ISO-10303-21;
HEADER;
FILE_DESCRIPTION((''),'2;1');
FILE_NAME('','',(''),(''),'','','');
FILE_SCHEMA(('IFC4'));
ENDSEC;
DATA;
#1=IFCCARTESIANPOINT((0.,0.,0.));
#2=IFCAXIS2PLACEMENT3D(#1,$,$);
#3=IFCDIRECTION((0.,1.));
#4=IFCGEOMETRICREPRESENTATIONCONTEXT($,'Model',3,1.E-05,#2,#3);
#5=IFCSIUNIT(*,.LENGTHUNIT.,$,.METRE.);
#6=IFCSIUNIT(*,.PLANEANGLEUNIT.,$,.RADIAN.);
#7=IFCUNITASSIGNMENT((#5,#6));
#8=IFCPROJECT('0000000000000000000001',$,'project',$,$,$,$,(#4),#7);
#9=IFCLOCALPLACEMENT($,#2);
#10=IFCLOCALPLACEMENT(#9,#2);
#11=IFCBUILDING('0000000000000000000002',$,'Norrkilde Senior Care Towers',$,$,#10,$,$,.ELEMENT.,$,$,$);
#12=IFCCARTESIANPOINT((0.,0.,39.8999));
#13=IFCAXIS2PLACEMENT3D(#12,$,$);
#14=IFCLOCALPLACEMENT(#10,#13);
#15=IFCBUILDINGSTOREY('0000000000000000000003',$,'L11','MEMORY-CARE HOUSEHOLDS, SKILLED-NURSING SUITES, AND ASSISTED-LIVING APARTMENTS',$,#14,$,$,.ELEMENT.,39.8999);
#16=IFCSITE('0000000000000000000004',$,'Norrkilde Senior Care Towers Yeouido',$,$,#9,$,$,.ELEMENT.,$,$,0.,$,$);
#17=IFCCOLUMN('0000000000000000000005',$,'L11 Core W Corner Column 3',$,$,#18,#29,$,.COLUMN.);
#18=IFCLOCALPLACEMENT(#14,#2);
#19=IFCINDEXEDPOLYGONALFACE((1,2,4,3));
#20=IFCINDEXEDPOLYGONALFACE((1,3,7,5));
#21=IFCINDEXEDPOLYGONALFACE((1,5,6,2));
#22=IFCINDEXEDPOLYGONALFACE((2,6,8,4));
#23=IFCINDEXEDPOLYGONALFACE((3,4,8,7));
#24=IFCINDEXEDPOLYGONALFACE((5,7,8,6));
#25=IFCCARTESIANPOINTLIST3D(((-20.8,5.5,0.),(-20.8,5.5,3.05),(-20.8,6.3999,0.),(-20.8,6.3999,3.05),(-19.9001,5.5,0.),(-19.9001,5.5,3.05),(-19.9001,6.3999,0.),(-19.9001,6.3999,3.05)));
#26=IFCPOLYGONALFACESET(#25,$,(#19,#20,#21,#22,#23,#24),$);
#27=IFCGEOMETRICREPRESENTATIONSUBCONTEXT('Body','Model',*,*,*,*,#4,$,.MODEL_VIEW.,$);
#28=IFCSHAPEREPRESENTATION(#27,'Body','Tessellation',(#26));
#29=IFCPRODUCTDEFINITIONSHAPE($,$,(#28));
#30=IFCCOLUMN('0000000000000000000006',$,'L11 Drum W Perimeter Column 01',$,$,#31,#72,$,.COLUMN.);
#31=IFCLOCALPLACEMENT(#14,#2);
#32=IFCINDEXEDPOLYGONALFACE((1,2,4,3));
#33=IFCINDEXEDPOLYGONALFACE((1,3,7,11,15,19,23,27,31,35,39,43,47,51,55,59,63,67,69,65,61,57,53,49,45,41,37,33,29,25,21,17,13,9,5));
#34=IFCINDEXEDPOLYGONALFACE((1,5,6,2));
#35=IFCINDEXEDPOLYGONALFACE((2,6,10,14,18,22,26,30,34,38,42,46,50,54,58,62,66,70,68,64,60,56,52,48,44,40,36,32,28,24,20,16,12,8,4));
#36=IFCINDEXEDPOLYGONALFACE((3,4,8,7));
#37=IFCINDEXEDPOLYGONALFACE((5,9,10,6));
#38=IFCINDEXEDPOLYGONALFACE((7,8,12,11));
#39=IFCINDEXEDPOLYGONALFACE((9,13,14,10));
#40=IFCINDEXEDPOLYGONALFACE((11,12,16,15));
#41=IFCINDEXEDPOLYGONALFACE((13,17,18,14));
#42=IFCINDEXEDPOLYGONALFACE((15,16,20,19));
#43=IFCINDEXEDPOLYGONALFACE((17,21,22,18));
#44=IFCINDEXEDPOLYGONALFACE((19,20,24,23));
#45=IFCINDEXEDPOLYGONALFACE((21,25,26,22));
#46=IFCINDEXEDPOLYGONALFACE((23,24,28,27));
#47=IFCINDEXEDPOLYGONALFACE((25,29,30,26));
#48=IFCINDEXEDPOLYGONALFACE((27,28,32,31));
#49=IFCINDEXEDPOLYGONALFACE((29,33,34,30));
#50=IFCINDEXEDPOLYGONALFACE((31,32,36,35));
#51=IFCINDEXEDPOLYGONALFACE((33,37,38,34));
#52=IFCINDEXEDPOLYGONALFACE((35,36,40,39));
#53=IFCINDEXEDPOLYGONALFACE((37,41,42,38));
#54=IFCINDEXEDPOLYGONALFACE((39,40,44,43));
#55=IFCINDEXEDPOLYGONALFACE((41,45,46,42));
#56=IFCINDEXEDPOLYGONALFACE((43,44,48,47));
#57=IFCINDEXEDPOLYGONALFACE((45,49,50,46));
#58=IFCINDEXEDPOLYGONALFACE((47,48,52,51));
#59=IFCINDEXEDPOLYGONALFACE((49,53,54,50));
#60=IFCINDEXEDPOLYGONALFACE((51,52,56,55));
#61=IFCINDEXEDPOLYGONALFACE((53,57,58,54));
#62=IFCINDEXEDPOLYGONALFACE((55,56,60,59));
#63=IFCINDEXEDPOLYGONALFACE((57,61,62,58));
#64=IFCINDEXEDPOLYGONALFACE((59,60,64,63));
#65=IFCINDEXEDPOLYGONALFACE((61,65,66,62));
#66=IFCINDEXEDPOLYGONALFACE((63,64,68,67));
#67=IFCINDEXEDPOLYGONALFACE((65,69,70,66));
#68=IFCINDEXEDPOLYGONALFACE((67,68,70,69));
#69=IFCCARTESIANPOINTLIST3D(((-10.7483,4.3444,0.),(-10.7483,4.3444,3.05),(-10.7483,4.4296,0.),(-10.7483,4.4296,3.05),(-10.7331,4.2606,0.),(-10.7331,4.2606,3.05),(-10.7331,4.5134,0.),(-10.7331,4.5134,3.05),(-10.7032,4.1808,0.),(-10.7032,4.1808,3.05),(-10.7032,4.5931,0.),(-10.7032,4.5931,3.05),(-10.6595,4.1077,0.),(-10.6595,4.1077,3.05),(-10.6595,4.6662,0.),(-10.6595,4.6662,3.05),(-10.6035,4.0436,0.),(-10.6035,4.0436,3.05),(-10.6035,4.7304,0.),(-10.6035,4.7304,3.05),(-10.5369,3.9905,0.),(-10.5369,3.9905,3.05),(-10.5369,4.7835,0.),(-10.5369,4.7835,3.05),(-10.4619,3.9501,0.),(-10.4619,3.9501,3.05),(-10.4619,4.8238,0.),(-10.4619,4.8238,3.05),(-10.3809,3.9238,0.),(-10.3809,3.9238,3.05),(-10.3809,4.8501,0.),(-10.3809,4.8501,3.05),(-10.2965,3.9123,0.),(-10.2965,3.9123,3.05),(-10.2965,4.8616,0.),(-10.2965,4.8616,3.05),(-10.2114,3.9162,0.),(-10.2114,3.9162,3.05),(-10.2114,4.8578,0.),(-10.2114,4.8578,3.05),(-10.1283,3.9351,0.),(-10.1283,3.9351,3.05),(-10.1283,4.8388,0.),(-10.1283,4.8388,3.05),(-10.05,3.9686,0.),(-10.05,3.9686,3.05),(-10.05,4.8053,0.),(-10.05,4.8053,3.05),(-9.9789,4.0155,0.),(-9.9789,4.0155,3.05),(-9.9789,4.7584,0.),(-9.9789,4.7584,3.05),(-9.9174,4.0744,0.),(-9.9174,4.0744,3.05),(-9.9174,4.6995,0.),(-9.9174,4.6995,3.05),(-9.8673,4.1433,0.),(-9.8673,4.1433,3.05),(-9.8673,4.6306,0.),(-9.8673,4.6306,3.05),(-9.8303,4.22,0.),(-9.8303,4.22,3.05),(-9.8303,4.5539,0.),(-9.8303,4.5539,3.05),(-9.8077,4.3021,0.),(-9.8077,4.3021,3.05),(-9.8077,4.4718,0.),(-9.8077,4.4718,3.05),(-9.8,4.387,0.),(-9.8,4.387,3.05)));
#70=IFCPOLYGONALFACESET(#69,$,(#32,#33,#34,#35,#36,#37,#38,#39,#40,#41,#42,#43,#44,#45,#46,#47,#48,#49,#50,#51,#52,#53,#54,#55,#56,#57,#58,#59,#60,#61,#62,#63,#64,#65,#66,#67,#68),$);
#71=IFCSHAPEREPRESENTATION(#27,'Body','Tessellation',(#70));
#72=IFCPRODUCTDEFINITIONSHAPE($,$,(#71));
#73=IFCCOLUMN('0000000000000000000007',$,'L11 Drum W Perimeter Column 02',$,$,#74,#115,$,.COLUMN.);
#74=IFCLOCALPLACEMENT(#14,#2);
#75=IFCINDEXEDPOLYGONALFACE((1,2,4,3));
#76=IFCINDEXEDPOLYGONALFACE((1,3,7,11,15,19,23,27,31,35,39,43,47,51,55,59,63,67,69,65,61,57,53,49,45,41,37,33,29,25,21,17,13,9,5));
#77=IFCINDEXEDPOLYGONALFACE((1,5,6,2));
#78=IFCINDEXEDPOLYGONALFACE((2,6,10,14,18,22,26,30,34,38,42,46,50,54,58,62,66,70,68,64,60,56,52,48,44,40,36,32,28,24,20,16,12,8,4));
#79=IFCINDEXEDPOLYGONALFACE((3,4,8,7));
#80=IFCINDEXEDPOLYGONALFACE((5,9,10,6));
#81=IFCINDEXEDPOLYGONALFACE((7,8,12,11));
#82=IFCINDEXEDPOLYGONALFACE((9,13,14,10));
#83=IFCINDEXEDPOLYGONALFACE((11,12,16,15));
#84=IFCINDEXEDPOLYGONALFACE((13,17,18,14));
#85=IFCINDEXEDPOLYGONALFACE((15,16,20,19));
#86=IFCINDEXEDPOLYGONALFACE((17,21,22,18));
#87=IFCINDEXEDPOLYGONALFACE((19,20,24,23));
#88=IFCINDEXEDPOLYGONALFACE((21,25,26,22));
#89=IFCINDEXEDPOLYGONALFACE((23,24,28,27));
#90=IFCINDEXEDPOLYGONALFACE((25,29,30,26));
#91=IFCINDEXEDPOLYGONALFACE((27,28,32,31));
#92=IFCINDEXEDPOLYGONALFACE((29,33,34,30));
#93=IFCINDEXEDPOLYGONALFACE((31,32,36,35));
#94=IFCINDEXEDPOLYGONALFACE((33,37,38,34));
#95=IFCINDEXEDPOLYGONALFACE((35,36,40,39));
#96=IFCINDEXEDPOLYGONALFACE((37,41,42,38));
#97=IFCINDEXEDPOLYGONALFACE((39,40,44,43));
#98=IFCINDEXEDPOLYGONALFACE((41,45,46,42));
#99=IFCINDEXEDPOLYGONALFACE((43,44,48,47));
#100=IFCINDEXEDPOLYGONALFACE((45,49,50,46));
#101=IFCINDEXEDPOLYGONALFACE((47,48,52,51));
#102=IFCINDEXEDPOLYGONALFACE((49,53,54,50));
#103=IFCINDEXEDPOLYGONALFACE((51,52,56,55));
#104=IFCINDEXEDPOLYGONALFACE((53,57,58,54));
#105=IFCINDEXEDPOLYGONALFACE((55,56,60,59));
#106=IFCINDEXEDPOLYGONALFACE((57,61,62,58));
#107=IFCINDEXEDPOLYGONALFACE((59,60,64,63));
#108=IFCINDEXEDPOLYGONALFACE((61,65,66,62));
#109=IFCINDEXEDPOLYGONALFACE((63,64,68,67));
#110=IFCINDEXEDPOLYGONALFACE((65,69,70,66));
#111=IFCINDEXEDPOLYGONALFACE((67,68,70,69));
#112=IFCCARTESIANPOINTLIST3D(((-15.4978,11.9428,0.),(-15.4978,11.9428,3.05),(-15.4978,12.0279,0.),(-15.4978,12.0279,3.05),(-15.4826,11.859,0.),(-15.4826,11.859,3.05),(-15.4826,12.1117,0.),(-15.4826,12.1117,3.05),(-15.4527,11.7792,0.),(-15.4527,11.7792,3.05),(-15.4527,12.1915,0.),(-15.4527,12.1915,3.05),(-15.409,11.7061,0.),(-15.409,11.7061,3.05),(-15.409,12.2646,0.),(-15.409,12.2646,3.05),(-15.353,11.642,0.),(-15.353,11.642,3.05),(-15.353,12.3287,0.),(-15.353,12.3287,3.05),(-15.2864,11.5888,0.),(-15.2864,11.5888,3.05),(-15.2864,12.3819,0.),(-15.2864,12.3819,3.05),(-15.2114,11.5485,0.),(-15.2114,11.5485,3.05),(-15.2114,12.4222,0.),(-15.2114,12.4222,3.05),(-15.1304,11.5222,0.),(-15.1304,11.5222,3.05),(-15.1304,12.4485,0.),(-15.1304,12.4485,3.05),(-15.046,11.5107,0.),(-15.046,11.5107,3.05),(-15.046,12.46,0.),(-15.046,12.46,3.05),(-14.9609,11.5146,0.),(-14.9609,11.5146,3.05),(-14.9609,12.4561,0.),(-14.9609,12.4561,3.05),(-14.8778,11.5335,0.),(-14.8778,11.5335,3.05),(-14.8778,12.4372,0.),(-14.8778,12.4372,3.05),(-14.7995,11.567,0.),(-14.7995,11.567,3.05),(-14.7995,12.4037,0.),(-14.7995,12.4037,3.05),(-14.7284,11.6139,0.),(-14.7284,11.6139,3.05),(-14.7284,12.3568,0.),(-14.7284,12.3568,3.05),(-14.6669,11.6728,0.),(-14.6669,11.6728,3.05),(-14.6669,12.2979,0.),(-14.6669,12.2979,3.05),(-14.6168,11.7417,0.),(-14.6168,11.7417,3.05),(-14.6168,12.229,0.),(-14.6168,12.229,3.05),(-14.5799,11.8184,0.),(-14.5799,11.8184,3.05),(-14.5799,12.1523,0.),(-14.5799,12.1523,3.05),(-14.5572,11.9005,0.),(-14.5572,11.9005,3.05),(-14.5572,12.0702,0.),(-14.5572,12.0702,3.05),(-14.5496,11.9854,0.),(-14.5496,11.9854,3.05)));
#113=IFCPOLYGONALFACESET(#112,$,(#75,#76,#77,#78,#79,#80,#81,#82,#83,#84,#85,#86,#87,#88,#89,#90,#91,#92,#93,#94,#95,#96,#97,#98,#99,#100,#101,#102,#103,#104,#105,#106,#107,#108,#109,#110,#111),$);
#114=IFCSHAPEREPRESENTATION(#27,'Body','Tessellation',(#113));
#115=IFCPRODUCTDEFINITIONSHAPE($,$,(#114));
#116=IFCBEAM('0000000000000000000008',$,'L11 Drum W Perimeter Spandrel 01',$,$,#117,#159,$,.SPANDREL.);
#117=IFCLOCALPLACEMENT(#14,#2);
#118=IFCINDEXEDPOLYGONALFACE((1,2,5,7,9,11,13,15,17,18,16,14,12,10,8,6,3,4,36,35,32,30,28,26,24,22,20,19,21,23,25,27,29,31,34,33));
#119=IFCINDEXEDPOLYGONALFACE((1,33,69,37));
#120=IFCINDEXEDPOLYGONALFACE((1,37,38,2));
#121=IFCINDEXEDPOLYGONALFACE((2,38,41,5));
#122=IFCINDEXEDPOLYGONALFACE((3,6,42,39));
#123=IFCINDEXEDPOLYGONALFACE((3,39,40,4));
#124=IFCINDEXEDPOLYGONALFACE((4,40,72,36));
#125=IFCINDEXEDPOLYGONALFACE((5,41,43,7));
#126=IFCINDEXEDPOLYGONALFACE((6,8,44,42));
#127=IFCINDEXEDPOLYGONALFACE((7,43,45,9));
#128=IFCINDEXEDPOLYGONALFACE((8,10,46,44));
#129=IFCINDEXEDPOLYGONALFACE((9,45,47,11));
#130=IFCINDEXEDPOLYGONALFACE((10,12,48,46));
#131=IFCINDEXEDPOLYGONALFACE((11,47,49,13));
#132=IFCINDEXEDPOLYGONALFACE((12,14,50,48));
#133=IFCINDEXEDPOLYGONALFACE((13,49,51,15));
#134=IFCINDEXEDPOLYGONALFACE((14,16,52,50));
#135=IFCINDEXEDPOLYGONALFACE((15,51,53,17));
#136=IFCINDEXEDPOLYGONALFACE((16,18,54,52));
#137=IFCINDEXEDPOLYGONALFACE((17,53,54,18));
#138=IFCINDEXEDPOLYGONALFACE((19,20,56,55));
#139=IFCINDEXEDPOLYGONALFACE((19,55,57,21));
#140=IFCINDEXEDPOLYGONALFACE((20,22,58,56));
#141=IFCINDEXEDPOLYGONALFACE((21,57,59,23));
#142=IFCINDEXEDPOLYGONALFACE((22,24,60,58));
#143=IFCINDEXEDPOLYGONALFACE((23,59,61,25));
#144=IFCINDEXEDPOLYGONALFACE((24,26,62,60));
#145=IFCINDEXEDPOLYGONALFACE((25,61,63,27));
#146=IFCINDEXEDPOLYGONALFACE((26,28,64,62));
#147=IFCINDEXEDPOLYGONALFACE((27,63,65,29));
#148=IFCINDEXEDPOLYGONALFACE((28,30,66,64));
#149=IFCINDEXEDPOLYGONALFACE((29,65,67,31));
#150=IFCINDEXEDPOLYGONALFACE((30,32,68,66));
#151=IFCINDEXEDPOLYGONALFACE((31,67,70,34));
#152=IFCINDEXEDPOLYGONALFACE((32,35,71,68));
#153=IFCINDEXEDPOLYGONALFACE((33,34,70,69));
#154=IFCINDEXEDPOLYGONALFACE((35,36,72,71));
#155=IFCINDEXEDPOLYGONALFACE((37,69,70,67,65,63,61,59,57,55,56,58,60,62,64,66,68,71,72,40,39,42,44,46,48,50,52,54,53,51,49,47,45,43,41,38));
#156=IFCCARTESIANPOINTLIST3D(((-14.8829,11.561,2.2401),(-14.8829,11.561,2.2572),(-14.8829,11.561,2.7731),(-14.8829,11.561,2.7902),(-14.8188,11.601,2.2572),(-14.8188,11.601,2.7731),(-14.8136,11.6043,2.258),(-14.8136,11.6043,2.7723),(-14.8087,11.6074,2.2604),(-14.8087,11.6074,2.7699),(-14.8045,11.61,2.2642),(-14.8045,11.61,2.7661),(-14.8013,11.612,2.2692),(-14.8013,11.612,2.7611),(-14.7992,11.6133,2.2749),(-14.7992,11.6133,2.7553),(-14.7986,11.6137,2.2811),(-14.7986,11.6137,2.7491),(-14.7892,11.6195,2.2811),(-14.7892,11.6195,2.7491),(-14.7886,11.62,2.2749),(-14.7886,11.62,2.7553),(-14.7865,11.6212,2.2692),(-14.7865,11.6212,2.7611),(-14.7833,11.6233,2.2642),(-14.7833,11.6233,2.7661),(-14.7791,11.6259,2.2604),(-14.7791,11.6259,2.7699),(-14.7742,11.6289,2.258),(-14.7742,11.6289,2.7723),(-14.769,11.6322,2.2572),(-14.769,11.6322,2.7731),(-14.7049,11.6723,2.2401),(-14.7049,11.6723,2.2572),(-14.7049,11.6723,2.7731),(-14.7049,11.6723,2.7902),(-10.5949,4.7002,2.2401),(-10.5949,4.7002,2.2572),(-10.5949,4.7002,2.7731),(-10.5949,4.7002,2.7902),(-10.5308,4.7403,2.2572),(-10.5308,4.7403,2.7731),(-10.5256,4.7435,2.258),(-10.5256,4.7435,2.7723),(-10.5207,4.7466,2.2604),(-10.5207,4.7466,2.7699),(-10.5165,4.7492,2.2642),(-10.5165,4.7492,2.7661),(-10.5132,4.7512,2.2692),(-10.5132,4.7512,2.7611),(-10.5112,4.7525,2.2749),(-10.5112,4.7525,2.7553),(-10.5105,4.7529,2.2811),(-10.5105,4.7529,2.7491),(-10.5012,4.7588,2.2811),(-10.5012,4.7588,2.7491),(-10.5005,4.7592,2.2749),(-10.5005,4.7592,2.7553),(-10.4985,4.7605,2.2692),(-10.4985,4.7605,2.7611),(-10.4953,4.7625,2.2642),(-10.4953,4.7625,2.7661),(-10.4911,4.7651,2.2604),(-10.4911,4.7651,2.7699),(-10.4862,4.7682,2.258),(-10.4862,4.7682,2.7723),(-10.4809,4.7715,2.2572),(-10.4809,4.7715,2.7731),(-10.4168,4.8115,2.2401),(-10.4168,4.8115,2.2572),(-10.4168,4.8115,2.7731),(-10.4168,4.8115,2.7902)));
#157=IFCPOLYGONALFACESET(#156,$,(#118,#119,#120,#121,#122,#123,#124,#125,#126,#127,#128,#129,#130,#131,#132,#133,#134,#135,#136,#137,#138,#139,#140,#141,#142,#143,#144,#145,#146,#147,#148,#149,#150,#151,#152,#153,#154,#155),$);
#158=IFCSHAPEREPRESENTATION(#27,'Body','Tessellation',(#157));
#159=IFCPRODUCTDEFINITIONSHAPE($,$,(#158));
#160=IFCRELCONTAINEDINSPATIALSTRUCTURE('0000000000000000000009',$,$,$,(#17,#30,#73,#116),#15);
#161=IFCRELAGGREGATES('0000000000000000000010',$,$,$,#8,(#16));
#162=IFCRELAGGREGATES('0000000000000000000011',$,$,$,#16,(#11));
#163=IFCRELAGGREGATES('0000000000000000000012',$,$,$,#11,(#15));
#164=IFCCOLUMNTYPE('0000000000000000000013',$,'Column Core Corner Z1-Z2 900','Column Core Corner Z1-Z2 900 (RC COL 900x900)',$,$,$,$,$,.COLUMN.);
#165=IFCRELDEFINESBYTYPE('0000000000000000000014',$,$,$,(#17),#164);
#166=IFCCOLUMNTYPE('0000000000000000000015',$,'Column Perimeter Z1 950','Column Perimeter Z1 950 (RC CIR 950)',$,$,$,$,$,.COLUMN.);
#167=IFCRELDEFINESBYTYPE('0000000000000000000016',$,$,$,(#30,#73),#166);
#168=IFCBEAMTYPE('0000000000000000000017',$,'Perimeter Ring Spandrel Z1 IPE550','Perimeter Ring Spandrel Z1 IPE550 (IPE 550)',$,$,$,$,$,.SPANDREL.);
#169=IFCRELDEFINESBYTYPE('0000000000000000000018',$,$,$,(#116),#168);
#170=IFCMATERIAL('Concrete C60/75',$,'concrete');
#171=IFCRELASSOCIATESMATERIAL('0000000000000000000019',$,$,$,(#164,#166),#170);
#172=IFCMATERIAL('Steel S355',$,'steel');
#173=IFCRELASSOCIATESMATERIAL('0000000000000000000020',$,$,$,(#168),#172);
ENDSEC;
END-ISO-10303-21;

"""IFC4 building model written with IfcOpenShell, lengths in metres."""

from ifc_helpers import new_model, si_unit, direction, frame, origin, origin_2d, place, context, subcontext, project, spatial, rectangle, circle, i_section, extrude, source, transform, mapped, material, material_profile, profile_set, type_object, type_shapes, element, save


model = new_model("IFC4")

# Units and contexts
model_context = context("Model", 3, precision=1e-05, world=origin(), true_north=direction((0.0, 1.0)))
body_context = subcontext(model_context, "Body", "Model", "MODEL_VIEW")
ifc_project = project(units=[si_unit("LENGTHUNIT", "METRE"), si_unit("PLANEANGLEUNIT", "RADIAN")], contexts=[model_context])

# Site, building, storey
site_placement = place(None, origin())
site = spatial("IfcSite", under=ifc_project, at=site_placement, Name="Norrkilde Senior Care Towers Yeouido", CompositionType="ELEMENT", RefElevation=0.0)
building_placement = place(site_placement, origin())
building = spatial("IfcBuilding", under=site, at=building_placement, Name="Norrkilde Senior Care Towers", CompositionType="ELEMENT")
storey_placement = place(building_placement, frame((0.0, 0.0, 39.8999)))
storey = spatial("IfcBuildingStorey", under=building, at=storey_placement, Name="L11", Description="MEMORY-CARE HOUSEHOLDS, SKILLED-NURSING SUITES, AND ASSISTED-LIVING APARTMENTS", CompositionType="ELEMENT", Elevation=39.8999)

# Columns
ifc_material_1 = material(Name="Concrete C60/75", Category="concrete")
ifc_material_profile_1 = material_profile(ifc_material_1, rectangle(XDim=0.8999, YDim=0.8999, at=origin_2d()), Name="RC COL 900x900")
ifc_profile_set_1 = profile_set([ifc_material_profile_1], Name="Concrete C60/75")
column_type_1 = type_object("IfcColumnType", Name="Column Core Corner Z1-Z2 900", Description="Column Core Corner Z1-Z2 900 (RC COL 900x900)", PredefinedType="COLUMN", material=ifc_profile_set_1)
shared_shape_1 = source(origin(), body_context, "Body", "SweptSolid", [
    extrude(rectangle(XDim=0.8999, YDim=0.8999, at=origin_2d()), origin(), (0.0, 0.0, 1.0), 3.05),
])
type_shapes(column_type_1, [shared_shape_1])
column_placement = place(storey_placement, frame((-20.3501, 5.95, 0.0), z_axis=(0.0, 0.0, 1.0), x_axis=(1.0, 0.0, 0.0)))
element("IfcColumn", 1, at=column_placement, inside=storey, type_object=column_type_1, Name="L11 Core W Corner Column 3", PredefinedType="COLUMN", context=body_context, shape_type="MappedRepresentation", body=[
    mapped(shared_shape_1, transform((0.0, 0.0, 0.0), x_axis=(1.0, 0.0, 0.0), y_axis=(0.0, 1.0, 0.0), z_axis=(0.0, 0.0, 1.0), scale=1.0)),
])
ifc_material_profile_2 = material_profile(ifc_material_1, circle(Radius=0.4751, at=origin_2d()), Name="RC CIR 950")
ifc_profile_set_2 = profile_set([ifc_material_profile_2], Name="Concrete C60/75")
column_type_2 = type_object("IfcColumnType", Name="Column Perimeter Z1 950", Description="Column Perimeter Z1 950 (RC CIR 950)", PredefinedType="COLUMN", material=ifc_profile_set_2)
shared_shape_2 = source(origin(), body_context, "Body", "SweptSolid", [
    extrude(circle(Radius=0.4751, at=origin_2d()), origin(), (0.0, 0.0, 1.0), 3.05),
])
type_shapes(column_type_2, [shared_shape_2])
for number, where, z_axis, x_axis, name in (
    (2, (-10.2751, 4.387, 0.0), (0.0, 0.0, 1.0), (1.0, 0.0, 0.0), "L11 Drum W Perimeter Column 01"),
    (3, (-15.0247, 11.9854, 0.0), (0.0, 0.0, 1.0), (1.0, 0.0, 0.0), "L11 Drum W Perimeter Column 02"),
):
    element("IfcColumn", number, at=place(storey_placement, frame(where, z_axis=z_axis, x_axis=x_axis)), inside=storey, type_object=column_type_2, Name=name, PredefinedType="COLUMN", context=body_context, shape_type="MappedRepresentation", body=[
        mapped(shared_shape_2, transform((0.0, 0.0, 0.0), x_axis=(1.0, 0.0, 0.0), y_axis=(0.0, 1.0, 0.0), z_axis=(0.0, 0.0, 1.0), scale=1.0)),
    ])

# Beam
ifc_material_2 = material(Name="Steel S355", Category="steel")
ifc_material_profile_3 = material_profile(ifc_material_2, i_section(OverallWidth=0.21, OverallDepth=0.55, WebThickness=0.011, FlangeThickness=0.0171, FilletRadius=0.0239, at=origin_2d()), Name="IPE 550")
ifc_profile_set_3 = profile_set([ifc_material_profile_3], Name="Steel S355")
beam_type_1 = type_object("IfcBeamType", Name="Perimeter Ring Spandrel Z1 IPE550", Description="Perimeter Ring Spandrel Z1 IPE550 (IPE 550)", PredefinedType="SPANDREL", material=ifc_profile_set_3)
shared_shape_3 = source(origin(), body_context, "Body", "SweptSolid", [
    extrude(i_section(OverallWidth=0.21, OverallDepth=0.55, WebThickness=0.011, FlangeThickness=0.0171, FilletRadius=0.0239, at=origin_2d()), origin(), (0.0, 0.0, 1.0), 8.0906),
])
beam_1_placement = place(storey_placement, frame((-10.5059, 4.7559, 2.5151), z_axis=(-0.530004, 0.847995, 0.0), x_axis=(-0.847995, -0.530004, 0.0)))
element("IfcBeam", 4, at=beam_1_placement, inside=storey, type_object=beam_type_1, Name="L11 Drum W Perimeter Spandrel 01", PredefinedType="SPANDREL", context=body_context, shape_type="MappedRepresentation", body=[
    mapped(shared_shape_3, transform((0.0, 0.0, 0.0), x_axis=(1.0, 0.0, 0.0), y_axis=(0.0, 1.0, 0.0), z_axis=(0.0, 0.0, 1.0), scale=1.0)),
])

save(model, "model.ifc")
